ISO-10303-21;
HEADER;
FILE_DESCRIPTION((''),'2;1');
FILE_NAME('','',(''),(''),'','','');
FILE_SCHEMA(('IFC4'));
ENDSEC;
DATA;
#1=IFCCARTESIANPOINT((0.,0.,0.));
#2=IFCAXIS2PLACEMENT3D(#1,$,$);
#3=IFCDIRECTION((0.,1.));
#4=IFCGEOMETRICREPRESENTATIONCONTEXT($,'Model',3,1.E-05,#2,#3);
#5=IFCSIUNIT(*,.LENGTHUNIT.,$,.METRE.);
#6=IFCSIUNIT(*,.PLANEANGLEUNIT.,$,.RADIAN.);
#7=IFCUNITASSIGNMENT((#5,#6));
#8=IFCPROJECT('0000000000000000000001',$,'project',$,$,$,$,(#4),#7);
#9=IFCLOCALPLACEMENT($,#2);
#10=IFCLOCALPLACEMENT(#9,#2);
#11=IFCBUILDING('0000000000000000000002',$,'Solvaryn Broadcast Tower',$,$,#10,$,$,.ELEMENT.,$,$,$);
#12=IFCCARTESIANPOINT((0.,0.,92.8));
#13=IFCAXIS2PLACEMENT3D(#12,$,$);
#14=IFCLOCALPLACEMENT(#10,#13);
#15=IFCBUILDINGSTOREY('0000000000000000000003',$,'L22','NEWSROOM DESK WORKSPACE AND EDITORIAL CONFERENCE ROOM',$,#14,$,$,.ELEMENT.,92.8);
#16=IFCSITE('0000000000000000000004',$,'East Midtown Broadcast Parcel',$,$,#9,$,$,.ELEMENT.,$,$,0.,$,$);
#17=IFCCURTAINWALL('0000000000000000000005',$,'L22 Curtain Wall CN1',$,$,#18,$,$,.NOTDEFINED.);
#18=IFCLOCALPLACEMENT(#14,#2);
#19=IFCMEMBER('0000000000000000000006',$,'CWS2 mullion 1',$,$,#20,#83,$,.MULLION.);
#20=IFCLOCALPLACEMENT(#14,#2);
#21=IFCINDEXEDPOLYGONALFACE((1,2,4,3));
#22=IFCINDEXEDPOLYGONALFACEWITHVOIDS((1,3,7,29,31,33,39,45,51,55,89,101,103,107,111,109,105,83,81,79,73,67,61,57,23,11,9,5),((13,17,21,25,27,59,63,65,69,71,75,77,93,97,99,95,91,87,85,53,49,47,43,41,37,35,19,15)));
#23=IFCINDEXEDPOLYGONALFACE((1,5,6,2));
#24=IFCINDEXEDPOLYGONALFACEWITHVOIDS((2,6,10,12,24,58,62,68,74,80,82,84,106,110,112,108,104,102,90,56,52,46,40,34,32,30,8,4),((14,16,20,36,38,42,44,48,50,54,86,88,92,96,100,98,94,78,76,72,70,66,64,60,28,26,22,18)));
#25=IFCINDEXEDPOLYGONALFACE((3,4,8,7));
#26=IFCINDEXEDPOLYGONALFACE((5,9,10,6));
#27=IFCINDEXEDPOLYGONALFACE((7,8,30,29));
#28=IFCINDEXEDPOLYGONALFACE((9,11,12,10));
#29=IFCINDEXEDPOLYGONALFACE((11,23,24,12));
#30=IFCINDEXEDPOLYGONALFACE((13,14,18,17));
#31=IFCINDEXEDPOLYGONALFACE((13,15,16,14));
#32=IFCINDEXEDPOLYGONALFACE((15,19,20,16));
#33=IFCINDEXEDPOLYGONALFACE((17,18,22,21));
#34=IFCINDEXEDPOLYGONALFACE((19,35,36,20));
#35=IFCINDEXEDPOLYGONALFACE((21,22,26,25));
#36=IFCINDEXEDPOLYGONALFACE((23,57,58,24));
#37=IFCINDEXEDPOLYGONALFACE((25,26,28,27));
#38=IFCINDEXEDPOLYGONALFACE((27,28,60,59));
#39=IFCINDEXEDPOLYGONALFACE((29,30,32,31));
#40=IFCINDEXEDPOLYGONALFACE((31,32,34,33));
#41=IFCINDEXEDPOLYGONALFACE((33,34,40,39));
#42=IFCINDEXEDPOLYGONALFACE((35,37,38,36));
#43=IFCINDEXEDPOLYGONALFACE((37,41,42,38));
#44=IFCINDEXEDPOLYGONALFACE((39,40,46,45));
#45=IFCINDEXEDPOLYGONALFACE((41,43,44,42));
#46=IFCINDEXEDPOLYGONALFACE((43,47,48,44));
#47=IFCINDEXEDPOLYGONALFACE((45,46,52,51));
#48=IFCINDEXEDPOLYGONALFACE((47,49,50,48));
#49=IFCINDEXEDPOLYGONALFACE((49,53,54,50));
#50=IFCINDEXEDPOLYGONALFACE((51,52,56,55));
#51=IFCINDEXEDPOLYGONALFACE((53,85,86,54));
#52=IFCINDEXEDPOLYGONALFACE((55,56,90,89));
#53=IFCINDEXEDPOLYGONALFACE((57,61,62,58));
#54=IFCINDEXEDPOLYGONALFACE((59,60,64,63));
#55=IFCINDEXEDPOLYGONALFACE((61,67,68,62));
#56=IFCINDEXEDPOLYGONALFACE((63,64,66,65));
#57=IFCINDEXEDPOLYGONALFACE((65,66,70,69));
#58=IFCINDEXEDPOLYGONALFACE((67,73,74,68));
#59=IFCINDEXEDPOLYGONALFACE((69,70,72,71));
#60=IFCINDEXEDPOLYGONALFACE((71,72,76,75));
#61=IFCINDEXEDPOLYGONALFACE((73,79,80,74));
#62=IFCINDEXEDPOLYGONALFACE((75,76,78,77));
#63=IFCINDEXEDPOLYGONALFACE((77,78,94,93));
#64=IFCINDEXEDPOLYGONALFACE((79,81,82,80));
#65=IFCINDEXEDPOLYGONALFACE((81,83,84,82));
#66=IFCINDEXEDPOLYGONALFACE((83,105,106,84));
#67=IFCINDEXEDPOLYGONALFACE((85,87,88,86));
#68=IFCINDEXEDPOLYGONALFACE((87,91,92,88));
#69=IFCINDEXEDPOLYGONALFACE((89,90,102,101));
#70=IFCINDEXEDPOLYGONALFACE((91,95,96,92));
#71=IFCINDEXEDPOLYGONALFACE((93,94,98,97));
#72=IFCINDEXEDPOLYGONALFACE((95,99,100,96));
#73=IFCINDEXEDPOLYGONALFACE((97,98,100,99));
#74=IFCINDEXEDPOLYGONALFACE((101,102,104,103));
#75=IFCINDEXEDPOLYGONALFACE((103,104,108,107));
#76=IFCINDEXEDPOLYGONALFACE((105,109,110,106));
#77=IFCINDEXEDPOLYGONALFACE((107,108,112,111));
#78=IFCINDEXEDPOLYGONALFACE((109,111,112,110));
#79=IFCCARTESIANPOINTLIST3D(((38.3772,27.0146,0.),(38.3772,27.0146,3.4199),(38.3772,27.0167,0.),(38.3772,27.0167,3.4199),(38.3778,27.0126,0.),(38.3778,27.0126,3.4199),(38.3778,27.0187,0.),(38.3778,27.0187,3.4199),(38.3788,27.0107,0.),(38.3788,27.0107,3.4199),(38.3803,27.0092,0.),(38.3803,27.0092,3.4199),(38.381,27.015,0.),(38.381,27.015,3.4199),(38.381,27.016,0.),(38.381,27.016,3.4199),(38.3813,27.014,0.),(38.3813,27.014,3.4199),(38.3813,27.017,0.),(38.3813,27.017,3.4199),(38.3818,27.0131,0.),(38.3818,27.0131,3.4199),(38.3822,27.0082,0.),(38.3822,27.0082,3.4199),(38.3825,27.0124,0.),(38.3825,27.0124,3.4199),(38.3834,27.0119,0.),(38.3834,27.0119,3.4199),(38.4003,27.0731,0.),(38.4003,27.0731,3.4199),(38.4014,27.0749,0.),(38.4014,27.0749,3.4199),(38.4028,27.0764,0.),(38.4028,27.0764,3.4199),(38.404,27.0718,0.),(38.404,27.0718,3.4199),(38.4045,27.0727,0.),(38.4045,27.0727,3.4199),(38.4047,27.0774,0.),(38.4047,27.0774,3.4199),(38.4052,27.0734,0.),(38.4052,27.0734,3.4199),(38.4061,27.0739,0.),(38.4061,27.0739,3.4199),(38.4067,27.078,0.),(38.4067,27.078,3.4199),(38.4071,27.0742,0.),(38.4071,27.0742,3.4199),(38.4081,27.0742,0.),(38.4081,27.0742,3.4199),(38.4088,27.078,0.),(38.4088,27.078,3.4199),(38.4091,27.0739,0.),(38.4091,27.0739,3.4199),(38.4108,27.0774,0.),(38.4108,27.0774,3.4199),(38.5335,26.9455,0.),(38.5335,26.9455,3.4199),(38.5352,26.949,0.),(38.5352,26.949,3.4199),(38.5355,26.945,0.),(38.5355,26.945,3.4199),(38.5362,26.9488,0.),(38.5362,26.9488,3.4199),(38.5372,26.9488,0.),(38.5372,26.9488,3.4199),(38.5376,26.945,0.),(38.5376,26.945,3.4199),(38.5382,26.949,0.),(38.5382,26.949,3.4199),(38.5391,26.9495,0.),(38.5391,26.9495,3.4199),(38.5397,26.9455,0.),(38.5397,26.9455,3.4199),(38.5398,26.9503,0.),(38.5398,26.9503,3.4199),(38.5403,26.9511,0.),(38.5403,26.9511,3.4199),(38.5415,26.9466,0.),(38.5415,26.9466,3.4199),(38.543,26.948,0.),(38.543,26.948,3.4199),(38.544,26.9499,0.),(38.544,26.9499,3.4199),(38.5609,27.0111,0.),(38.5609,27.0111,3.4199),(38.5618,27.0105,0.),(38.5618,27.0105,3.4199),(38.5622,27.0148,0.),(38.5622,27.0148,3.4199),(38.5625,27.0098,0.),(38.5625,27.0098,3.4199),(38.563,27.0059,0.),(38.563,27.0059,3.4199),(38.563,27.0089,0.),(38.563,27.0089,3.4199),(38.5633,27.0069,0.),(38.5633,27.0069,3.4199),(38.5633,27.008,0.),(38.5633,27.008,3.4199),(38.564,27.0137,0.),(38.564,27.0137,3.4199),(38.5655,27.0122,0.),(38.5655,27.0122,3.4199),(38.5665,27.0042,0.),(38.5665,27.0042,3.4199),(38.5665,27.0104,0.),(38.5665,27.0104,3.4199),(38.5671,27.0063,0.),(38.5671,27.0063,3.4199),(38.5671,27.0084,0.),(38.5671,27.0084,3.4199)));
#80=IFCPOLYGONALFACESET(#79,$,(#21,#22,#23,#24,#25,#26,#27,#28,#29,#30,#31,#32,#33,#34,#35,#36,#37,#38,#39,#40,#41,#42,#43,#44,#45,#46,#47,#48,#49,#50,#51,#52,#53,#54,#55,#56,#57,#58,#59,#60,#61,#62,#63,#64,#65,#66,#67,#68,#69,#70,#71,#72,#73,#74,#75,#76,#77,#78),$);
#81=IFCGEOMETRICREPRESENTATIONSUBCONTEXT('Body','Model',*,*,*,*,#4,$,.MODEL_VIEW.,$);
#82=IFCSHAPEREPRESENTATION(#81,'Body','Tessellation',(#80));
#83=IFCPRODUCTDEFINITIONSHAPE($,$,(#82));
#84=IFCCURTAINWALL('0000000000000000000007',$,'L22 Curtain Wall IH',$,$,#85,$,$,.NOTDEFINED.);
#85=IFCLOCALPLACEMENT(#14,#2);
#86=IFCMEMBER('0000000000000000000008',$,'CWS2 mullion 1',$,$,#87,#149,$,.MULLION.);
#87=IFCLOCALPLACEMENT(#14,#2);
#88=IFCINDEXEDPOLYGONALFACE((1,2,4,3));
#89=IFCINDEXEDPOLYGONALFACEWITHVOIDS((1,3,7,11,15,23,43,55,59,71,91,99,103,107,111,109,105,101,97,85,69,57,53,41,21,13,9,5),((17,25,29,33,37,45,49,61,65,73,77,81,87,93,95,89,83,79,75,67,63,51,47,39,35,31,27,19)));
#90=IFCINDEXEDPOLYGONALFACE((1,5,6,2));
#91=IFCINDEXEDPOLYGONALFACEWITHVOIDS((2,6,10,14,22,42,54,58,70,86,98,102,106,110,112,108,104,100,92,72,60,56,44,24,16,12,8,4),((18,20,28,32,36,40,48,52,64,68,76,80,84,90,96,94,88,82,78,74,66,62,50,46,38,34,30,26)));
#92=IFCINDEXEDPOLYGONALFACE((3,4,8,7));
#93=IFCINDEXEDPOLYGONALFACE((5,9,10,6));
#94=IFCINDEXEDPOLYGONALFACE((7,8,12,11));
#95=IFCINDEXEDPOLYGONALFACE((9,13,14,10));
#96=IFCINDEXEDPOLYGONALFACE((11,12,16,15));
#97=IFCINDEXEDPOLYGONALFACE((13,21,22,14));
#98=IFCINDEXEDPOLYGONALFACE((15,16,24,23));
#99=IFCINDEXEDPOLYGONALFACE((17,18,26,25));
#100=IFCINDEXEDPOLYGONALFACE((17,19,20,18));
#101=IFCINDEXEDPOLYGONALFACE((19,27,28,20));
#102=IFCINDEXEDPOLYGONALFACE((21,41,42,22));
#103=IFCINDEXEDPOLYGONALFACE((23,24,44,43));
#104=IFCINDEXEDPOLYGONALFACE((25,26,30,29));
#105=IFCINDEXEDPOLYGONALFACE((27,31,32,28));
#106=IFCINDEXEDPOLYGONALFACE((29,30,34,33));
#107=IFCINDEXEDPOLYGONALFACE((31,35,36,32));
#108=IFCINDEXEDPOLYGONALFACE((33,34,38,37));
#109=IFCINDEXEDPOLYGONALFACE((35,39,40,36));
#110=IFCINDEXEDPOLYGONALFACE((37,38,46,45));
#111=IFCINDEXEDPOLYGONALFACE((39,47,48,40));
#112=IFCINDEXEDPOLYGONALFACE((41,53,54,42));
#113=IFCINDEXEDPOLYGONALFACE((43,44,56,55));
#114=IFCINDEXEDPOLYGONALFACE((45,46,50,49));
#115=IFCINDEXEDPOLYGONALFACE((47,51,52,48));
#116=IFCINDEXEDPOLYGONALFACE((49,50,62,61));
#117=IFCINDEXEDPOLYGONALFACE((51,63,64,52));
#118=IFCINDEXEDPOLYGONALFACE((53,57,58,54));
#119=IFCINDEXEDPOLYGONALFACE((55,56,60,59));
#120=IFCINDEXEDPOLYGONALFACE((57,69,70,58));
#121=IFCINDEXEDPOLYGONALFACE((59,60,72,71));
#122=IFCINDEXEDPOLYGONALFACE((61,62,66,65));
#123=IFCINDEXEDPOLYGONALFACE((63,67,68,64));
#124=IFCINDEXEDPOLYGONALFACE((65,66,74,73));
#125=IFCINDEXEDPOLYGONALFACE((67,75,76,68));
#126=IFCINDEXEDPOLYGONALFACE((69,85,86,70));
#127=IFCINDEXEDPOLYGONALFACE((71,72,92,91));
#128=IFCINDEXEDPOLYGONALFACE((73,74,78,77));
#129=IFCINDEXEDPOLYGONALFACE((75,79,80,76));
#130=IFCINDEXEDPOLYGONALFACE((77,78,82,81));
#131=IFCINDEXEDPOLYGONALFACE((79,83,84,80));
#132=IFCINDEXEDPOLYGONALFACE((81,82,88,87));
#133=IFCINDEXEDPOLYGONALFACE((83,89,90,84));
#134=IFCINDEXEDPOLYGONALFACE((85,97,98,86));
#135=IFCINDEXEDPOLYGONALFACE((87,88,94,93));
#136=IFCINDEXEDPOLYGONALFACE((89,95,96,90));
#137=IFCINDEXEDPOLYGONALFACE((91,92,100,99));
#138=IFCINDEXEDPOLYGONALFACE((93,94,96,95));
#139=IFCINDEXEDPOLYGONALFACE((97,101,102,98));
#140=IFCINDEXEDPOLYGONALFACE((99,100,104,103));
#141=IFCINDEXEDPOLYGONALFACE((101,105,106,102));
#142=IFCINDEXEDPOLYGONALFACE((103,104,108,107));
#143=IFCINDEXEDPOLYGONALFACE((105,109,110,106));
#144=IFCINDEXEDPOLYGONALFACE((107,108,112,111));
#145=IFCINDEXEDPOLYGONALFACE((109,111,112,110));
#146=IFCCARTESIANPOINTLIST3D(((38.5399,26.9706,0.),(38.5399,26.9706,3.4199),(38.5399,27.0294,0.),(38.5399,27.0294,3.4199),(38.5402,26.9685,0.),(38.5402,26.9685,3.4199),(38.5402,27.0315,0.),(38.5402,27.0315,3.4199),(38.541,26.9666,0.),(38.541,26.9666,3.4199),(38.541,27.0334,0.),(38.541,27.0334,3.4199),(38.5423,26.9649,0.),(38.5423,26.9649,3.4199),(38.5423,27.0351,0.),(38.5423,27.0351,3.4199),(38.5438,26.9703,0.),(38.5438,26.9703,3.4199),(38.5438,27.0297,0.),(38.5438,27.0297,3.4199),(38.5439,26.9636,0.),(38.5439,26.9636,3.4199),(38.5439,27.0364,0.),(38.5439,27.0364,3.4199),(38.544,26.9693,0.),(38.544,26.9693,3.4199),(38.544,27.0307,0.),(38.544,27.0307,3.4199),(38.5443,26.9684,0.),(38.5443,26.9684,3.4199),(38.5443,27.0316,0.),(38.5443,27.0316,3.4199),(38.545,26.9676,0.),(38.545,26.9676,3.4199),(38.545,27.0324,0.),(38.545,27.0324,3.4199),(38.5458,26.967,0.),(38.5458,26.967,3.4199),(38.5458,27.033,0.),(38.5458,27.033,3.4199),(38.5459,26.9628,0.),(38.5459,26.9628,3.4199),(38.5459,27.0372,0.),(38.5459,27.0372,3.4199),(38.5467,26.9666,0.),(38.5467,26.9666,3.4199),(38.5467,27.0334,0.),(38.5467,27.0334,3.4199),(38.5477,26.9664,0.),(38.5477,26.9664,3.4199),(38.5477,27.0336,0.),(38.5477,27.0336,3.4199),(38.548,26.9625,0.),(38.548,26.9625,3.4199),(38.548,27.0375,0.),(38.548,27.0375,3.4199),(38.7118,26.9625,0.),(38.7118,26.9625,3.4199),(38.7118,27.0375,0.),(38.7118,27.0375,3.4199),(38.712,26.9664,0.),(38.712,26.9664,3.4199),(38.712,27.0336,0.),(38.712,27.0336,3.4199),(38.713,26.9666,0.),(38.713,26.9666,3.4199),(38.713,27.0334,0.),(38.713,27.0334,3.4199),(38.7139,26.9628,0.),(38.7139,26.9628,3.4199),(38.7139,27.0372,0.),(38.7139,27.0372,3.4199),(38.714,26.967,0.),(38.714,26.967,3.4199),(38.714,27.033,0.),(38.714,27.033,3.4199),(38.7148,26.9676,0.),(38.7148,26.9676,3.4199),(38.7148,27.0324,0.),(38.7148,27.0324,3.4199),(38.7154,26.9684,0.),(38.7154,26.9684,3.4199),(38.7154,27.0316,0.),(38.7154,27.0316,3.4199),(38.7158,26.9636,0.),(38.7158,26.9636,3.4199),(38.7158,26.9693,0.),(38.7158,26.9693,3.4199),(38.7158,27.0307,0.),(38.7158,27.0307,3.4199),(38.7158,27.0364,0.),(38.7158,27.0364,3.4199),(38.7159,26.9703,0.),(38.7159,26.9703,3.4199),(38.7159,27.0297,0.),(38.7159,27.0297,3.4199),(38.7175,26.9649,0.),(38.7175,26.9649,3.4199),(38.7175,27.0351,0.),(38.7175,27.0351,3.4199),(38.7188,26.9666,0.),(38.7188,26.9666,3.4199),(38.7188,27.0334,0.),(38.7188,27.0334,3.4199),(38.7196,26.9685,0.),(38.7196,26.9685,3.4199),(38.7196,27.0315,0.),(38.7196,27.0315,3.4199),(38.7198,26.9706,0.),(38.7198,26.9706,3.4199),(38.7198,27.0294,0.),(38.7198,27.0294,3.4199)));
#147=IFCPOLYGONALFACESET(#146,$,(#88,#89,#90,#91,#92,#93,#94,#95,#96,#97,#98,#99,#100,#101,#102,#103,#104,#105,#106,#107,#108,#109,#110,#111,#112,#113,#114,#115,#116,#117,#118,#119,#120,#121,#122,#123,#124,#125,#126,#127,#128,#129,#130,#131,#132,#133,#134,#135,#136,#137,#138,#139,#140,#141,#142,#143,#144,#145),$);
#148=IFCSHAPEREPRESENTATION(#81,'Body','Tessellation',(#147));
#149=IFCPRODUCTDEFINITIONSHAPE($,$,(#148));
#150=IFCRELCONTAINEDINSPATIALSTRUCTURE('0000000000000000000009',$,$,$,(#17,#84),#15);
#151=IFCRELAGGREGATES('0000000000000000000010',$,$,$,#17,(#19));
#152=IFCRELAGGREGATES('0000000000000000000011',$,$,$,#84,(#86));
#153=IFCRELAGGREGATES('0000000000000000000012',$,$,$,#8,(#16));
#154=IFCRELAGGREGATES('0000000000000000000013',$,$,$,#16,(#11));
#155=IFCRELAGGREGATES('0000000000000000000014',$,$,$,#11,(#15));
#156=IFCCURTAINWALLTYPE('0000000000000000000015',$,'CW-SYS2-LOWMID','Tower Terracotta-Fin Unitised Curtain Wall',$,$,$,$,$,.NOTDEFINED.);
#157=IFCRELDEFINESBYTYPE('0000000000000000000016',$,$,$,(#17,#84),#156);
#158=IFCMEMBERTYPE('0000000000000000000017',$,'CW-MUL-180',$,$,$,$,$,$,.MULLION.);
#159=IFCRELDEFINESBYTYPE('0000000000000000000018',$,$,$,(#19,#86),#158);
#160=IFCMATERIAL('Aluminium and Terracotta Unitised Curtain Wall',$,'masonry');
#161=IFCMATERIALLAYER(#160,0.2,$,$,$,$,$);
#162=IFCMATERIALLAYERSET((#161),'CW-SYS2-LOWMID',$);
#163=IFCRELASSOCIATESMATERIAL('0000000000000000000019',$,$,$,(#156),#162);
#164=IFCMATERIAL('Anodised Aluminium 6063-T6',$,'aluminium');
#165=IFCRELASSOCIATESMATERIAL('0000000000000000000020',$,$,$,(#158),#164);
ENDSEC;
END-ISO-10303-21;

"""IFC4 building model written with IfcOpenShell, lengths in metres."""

from ifc_helpers import new_model, si_unit, direction, frame, origin, origin_2d, place, context, subcontext, project, spatial, hollow_rectangle, extrude, material, layer, layer_set, material_profile, profile_set, type_object, element, aggregate, save


model = new_model("IFC4")

# Units and contexts
model_context = context("Model", 3, precision=1e-05, world=origin(), true_north=direction((0.0, 1.0)))
body_context = subcontext(model_context, "Body", "Model", "MODEL_VIEW")
ifc_project = project(units=[si_unit("LENGTHUNIT", "METRE"), si_unit("PLANEANGLEUNIT", "RADIAN")], contexts=[model_context])

# Site, building, storey
site_placement = place(None, origin())
site = spatial("IfcSite", under=ifc_project, at=site_placement, Name="East Midtown Broadcast Parcel", CompositionType="ELEMENT", RefElevation=0.0)
building_placement = place(site_placement, origin())
building = spatial("IfcBuilding", under=site, at=building_placement, Name="Solvaryn Broadcast Tower", CompositionType="ELEMENT")
storey_placement = place(building_placement, frame((0.0, 0.0, 92.8)))
storey = spatial("IfcBuildingStorey", under=building, at=storey_placement, Name="L22", Description="NEWSROOM DESK WORKSPACE AND EDITORIAL CONFERENCE ROOM", CompositionType="ELEMENT", Elevation=92.8)

# Curtain walls, members
ifc_material_1 = material(Name="Aluminium and Terracotta Unitised Curtain Wall", Category="masonry")
ifc_layer_1 = layer(ifc_material_1, 0.2)
ifc_layer_set_1 = layer_set([ifc_layer_1], Name="CW-SYS2-LOWMID")
curtain_wall_type = type_object("IfcCurtainWallType", Name="CW-SYS2-LOWMID", Description="Tower Terracotta-Fin Unitised Curtain Wall", PredefinedType="NOTDEFINED", material=ifc_layer_set_1)
curtain_wall_1_placement = place(storey_placement, origin())
curtain_wall_1 = element("IfcCurtainWall", 1, at=curtain_wall_1_placement, inside=storey, type_object=curtain_wall_type, Name="L22 Curtain Wall CN1", PredefinedType="NOTDEFINED")
ifc_material_2 = material(Name="Anodised Aluminium 6063-T6", Category="aluminium")
ifc_material_profile_1 = material_profile(ifc_material_2, hollow_rectangle(XDim=0.075, YDim=0.1799, WallThickness=0.0039, InnerFilletRadius=0.0039, OuterFilletRadius=0.0081, at=origin_2d()))
ifc_profile_set_1 = profile_set([ifc_material_profile_1], Name="Anodised Aluminium 6063-T6")
member_type_1 = type_object("IfcMemberType", Name="CW-MUL-180", PredefinedType="MULLION", material=ifc_profile_set_1)
member_1_placement = place(storey_placement, frame((38.4722, 27.0115, 0.0), z_axis=(0.0, 0.0, 1.0), x_axis=(-0.382646, -0.923895, 0.0)))
member_1 = element("IfcMember", 2, at=member_1_placement, type_object=member_type_1, Name="CWS2 mullion 1", PredefinedType="MULLION", context=body_context, shape_type="SweptSolid", body=[
    extrude(hollow_rectangle(XDim=0.075, YDim=0.1799, WallThickness=0.0039, InnerFilletRadius=0.0039, OuterFilletRadius=0.0081, at=origin_2d()), origin(), (0.0, 0.0, 1.0), 3.4199),
])
curtain_wall_2_placement = place(storey_placement, origin())
curtain_wall_2 = element("IfcCurtainWall", 3, at=curtain_wall_2_placement, inside=storey, type_object=curtain_wall_type, Name="L22 Curtain Wall IH", PredefinedType="NOTDEFINED")
member_2_placement = place(storey_placement, frame((38.6299, 27.0, 0.0), z_axis=(0.0, 0.0, 1.0), x_axis=(0.0, 1.0, 0.0)))
member_2 = element("IfcMember", 4, at=member_2_placement, type_object=member_type_1, Name="CWS2 mullion 1", PredefinedType="MULLION", context=body_context, shape_type="SweptSolid", body=[
    extrude(hollow_rectangle(XDim=0.075, YDim=0.1799, WallThickness=0.0039, InnerFilletRadius=0.0039, OuterFilletRadius=0.0081, at=origin_2d()), origin(), (0.0, 0.0, 1.0), 3.4199),
])

aggregate(curtain_wall_1, [member_1])
aggregate(curtain_wall_2, [member_2])

save(model, "model.ifc")
